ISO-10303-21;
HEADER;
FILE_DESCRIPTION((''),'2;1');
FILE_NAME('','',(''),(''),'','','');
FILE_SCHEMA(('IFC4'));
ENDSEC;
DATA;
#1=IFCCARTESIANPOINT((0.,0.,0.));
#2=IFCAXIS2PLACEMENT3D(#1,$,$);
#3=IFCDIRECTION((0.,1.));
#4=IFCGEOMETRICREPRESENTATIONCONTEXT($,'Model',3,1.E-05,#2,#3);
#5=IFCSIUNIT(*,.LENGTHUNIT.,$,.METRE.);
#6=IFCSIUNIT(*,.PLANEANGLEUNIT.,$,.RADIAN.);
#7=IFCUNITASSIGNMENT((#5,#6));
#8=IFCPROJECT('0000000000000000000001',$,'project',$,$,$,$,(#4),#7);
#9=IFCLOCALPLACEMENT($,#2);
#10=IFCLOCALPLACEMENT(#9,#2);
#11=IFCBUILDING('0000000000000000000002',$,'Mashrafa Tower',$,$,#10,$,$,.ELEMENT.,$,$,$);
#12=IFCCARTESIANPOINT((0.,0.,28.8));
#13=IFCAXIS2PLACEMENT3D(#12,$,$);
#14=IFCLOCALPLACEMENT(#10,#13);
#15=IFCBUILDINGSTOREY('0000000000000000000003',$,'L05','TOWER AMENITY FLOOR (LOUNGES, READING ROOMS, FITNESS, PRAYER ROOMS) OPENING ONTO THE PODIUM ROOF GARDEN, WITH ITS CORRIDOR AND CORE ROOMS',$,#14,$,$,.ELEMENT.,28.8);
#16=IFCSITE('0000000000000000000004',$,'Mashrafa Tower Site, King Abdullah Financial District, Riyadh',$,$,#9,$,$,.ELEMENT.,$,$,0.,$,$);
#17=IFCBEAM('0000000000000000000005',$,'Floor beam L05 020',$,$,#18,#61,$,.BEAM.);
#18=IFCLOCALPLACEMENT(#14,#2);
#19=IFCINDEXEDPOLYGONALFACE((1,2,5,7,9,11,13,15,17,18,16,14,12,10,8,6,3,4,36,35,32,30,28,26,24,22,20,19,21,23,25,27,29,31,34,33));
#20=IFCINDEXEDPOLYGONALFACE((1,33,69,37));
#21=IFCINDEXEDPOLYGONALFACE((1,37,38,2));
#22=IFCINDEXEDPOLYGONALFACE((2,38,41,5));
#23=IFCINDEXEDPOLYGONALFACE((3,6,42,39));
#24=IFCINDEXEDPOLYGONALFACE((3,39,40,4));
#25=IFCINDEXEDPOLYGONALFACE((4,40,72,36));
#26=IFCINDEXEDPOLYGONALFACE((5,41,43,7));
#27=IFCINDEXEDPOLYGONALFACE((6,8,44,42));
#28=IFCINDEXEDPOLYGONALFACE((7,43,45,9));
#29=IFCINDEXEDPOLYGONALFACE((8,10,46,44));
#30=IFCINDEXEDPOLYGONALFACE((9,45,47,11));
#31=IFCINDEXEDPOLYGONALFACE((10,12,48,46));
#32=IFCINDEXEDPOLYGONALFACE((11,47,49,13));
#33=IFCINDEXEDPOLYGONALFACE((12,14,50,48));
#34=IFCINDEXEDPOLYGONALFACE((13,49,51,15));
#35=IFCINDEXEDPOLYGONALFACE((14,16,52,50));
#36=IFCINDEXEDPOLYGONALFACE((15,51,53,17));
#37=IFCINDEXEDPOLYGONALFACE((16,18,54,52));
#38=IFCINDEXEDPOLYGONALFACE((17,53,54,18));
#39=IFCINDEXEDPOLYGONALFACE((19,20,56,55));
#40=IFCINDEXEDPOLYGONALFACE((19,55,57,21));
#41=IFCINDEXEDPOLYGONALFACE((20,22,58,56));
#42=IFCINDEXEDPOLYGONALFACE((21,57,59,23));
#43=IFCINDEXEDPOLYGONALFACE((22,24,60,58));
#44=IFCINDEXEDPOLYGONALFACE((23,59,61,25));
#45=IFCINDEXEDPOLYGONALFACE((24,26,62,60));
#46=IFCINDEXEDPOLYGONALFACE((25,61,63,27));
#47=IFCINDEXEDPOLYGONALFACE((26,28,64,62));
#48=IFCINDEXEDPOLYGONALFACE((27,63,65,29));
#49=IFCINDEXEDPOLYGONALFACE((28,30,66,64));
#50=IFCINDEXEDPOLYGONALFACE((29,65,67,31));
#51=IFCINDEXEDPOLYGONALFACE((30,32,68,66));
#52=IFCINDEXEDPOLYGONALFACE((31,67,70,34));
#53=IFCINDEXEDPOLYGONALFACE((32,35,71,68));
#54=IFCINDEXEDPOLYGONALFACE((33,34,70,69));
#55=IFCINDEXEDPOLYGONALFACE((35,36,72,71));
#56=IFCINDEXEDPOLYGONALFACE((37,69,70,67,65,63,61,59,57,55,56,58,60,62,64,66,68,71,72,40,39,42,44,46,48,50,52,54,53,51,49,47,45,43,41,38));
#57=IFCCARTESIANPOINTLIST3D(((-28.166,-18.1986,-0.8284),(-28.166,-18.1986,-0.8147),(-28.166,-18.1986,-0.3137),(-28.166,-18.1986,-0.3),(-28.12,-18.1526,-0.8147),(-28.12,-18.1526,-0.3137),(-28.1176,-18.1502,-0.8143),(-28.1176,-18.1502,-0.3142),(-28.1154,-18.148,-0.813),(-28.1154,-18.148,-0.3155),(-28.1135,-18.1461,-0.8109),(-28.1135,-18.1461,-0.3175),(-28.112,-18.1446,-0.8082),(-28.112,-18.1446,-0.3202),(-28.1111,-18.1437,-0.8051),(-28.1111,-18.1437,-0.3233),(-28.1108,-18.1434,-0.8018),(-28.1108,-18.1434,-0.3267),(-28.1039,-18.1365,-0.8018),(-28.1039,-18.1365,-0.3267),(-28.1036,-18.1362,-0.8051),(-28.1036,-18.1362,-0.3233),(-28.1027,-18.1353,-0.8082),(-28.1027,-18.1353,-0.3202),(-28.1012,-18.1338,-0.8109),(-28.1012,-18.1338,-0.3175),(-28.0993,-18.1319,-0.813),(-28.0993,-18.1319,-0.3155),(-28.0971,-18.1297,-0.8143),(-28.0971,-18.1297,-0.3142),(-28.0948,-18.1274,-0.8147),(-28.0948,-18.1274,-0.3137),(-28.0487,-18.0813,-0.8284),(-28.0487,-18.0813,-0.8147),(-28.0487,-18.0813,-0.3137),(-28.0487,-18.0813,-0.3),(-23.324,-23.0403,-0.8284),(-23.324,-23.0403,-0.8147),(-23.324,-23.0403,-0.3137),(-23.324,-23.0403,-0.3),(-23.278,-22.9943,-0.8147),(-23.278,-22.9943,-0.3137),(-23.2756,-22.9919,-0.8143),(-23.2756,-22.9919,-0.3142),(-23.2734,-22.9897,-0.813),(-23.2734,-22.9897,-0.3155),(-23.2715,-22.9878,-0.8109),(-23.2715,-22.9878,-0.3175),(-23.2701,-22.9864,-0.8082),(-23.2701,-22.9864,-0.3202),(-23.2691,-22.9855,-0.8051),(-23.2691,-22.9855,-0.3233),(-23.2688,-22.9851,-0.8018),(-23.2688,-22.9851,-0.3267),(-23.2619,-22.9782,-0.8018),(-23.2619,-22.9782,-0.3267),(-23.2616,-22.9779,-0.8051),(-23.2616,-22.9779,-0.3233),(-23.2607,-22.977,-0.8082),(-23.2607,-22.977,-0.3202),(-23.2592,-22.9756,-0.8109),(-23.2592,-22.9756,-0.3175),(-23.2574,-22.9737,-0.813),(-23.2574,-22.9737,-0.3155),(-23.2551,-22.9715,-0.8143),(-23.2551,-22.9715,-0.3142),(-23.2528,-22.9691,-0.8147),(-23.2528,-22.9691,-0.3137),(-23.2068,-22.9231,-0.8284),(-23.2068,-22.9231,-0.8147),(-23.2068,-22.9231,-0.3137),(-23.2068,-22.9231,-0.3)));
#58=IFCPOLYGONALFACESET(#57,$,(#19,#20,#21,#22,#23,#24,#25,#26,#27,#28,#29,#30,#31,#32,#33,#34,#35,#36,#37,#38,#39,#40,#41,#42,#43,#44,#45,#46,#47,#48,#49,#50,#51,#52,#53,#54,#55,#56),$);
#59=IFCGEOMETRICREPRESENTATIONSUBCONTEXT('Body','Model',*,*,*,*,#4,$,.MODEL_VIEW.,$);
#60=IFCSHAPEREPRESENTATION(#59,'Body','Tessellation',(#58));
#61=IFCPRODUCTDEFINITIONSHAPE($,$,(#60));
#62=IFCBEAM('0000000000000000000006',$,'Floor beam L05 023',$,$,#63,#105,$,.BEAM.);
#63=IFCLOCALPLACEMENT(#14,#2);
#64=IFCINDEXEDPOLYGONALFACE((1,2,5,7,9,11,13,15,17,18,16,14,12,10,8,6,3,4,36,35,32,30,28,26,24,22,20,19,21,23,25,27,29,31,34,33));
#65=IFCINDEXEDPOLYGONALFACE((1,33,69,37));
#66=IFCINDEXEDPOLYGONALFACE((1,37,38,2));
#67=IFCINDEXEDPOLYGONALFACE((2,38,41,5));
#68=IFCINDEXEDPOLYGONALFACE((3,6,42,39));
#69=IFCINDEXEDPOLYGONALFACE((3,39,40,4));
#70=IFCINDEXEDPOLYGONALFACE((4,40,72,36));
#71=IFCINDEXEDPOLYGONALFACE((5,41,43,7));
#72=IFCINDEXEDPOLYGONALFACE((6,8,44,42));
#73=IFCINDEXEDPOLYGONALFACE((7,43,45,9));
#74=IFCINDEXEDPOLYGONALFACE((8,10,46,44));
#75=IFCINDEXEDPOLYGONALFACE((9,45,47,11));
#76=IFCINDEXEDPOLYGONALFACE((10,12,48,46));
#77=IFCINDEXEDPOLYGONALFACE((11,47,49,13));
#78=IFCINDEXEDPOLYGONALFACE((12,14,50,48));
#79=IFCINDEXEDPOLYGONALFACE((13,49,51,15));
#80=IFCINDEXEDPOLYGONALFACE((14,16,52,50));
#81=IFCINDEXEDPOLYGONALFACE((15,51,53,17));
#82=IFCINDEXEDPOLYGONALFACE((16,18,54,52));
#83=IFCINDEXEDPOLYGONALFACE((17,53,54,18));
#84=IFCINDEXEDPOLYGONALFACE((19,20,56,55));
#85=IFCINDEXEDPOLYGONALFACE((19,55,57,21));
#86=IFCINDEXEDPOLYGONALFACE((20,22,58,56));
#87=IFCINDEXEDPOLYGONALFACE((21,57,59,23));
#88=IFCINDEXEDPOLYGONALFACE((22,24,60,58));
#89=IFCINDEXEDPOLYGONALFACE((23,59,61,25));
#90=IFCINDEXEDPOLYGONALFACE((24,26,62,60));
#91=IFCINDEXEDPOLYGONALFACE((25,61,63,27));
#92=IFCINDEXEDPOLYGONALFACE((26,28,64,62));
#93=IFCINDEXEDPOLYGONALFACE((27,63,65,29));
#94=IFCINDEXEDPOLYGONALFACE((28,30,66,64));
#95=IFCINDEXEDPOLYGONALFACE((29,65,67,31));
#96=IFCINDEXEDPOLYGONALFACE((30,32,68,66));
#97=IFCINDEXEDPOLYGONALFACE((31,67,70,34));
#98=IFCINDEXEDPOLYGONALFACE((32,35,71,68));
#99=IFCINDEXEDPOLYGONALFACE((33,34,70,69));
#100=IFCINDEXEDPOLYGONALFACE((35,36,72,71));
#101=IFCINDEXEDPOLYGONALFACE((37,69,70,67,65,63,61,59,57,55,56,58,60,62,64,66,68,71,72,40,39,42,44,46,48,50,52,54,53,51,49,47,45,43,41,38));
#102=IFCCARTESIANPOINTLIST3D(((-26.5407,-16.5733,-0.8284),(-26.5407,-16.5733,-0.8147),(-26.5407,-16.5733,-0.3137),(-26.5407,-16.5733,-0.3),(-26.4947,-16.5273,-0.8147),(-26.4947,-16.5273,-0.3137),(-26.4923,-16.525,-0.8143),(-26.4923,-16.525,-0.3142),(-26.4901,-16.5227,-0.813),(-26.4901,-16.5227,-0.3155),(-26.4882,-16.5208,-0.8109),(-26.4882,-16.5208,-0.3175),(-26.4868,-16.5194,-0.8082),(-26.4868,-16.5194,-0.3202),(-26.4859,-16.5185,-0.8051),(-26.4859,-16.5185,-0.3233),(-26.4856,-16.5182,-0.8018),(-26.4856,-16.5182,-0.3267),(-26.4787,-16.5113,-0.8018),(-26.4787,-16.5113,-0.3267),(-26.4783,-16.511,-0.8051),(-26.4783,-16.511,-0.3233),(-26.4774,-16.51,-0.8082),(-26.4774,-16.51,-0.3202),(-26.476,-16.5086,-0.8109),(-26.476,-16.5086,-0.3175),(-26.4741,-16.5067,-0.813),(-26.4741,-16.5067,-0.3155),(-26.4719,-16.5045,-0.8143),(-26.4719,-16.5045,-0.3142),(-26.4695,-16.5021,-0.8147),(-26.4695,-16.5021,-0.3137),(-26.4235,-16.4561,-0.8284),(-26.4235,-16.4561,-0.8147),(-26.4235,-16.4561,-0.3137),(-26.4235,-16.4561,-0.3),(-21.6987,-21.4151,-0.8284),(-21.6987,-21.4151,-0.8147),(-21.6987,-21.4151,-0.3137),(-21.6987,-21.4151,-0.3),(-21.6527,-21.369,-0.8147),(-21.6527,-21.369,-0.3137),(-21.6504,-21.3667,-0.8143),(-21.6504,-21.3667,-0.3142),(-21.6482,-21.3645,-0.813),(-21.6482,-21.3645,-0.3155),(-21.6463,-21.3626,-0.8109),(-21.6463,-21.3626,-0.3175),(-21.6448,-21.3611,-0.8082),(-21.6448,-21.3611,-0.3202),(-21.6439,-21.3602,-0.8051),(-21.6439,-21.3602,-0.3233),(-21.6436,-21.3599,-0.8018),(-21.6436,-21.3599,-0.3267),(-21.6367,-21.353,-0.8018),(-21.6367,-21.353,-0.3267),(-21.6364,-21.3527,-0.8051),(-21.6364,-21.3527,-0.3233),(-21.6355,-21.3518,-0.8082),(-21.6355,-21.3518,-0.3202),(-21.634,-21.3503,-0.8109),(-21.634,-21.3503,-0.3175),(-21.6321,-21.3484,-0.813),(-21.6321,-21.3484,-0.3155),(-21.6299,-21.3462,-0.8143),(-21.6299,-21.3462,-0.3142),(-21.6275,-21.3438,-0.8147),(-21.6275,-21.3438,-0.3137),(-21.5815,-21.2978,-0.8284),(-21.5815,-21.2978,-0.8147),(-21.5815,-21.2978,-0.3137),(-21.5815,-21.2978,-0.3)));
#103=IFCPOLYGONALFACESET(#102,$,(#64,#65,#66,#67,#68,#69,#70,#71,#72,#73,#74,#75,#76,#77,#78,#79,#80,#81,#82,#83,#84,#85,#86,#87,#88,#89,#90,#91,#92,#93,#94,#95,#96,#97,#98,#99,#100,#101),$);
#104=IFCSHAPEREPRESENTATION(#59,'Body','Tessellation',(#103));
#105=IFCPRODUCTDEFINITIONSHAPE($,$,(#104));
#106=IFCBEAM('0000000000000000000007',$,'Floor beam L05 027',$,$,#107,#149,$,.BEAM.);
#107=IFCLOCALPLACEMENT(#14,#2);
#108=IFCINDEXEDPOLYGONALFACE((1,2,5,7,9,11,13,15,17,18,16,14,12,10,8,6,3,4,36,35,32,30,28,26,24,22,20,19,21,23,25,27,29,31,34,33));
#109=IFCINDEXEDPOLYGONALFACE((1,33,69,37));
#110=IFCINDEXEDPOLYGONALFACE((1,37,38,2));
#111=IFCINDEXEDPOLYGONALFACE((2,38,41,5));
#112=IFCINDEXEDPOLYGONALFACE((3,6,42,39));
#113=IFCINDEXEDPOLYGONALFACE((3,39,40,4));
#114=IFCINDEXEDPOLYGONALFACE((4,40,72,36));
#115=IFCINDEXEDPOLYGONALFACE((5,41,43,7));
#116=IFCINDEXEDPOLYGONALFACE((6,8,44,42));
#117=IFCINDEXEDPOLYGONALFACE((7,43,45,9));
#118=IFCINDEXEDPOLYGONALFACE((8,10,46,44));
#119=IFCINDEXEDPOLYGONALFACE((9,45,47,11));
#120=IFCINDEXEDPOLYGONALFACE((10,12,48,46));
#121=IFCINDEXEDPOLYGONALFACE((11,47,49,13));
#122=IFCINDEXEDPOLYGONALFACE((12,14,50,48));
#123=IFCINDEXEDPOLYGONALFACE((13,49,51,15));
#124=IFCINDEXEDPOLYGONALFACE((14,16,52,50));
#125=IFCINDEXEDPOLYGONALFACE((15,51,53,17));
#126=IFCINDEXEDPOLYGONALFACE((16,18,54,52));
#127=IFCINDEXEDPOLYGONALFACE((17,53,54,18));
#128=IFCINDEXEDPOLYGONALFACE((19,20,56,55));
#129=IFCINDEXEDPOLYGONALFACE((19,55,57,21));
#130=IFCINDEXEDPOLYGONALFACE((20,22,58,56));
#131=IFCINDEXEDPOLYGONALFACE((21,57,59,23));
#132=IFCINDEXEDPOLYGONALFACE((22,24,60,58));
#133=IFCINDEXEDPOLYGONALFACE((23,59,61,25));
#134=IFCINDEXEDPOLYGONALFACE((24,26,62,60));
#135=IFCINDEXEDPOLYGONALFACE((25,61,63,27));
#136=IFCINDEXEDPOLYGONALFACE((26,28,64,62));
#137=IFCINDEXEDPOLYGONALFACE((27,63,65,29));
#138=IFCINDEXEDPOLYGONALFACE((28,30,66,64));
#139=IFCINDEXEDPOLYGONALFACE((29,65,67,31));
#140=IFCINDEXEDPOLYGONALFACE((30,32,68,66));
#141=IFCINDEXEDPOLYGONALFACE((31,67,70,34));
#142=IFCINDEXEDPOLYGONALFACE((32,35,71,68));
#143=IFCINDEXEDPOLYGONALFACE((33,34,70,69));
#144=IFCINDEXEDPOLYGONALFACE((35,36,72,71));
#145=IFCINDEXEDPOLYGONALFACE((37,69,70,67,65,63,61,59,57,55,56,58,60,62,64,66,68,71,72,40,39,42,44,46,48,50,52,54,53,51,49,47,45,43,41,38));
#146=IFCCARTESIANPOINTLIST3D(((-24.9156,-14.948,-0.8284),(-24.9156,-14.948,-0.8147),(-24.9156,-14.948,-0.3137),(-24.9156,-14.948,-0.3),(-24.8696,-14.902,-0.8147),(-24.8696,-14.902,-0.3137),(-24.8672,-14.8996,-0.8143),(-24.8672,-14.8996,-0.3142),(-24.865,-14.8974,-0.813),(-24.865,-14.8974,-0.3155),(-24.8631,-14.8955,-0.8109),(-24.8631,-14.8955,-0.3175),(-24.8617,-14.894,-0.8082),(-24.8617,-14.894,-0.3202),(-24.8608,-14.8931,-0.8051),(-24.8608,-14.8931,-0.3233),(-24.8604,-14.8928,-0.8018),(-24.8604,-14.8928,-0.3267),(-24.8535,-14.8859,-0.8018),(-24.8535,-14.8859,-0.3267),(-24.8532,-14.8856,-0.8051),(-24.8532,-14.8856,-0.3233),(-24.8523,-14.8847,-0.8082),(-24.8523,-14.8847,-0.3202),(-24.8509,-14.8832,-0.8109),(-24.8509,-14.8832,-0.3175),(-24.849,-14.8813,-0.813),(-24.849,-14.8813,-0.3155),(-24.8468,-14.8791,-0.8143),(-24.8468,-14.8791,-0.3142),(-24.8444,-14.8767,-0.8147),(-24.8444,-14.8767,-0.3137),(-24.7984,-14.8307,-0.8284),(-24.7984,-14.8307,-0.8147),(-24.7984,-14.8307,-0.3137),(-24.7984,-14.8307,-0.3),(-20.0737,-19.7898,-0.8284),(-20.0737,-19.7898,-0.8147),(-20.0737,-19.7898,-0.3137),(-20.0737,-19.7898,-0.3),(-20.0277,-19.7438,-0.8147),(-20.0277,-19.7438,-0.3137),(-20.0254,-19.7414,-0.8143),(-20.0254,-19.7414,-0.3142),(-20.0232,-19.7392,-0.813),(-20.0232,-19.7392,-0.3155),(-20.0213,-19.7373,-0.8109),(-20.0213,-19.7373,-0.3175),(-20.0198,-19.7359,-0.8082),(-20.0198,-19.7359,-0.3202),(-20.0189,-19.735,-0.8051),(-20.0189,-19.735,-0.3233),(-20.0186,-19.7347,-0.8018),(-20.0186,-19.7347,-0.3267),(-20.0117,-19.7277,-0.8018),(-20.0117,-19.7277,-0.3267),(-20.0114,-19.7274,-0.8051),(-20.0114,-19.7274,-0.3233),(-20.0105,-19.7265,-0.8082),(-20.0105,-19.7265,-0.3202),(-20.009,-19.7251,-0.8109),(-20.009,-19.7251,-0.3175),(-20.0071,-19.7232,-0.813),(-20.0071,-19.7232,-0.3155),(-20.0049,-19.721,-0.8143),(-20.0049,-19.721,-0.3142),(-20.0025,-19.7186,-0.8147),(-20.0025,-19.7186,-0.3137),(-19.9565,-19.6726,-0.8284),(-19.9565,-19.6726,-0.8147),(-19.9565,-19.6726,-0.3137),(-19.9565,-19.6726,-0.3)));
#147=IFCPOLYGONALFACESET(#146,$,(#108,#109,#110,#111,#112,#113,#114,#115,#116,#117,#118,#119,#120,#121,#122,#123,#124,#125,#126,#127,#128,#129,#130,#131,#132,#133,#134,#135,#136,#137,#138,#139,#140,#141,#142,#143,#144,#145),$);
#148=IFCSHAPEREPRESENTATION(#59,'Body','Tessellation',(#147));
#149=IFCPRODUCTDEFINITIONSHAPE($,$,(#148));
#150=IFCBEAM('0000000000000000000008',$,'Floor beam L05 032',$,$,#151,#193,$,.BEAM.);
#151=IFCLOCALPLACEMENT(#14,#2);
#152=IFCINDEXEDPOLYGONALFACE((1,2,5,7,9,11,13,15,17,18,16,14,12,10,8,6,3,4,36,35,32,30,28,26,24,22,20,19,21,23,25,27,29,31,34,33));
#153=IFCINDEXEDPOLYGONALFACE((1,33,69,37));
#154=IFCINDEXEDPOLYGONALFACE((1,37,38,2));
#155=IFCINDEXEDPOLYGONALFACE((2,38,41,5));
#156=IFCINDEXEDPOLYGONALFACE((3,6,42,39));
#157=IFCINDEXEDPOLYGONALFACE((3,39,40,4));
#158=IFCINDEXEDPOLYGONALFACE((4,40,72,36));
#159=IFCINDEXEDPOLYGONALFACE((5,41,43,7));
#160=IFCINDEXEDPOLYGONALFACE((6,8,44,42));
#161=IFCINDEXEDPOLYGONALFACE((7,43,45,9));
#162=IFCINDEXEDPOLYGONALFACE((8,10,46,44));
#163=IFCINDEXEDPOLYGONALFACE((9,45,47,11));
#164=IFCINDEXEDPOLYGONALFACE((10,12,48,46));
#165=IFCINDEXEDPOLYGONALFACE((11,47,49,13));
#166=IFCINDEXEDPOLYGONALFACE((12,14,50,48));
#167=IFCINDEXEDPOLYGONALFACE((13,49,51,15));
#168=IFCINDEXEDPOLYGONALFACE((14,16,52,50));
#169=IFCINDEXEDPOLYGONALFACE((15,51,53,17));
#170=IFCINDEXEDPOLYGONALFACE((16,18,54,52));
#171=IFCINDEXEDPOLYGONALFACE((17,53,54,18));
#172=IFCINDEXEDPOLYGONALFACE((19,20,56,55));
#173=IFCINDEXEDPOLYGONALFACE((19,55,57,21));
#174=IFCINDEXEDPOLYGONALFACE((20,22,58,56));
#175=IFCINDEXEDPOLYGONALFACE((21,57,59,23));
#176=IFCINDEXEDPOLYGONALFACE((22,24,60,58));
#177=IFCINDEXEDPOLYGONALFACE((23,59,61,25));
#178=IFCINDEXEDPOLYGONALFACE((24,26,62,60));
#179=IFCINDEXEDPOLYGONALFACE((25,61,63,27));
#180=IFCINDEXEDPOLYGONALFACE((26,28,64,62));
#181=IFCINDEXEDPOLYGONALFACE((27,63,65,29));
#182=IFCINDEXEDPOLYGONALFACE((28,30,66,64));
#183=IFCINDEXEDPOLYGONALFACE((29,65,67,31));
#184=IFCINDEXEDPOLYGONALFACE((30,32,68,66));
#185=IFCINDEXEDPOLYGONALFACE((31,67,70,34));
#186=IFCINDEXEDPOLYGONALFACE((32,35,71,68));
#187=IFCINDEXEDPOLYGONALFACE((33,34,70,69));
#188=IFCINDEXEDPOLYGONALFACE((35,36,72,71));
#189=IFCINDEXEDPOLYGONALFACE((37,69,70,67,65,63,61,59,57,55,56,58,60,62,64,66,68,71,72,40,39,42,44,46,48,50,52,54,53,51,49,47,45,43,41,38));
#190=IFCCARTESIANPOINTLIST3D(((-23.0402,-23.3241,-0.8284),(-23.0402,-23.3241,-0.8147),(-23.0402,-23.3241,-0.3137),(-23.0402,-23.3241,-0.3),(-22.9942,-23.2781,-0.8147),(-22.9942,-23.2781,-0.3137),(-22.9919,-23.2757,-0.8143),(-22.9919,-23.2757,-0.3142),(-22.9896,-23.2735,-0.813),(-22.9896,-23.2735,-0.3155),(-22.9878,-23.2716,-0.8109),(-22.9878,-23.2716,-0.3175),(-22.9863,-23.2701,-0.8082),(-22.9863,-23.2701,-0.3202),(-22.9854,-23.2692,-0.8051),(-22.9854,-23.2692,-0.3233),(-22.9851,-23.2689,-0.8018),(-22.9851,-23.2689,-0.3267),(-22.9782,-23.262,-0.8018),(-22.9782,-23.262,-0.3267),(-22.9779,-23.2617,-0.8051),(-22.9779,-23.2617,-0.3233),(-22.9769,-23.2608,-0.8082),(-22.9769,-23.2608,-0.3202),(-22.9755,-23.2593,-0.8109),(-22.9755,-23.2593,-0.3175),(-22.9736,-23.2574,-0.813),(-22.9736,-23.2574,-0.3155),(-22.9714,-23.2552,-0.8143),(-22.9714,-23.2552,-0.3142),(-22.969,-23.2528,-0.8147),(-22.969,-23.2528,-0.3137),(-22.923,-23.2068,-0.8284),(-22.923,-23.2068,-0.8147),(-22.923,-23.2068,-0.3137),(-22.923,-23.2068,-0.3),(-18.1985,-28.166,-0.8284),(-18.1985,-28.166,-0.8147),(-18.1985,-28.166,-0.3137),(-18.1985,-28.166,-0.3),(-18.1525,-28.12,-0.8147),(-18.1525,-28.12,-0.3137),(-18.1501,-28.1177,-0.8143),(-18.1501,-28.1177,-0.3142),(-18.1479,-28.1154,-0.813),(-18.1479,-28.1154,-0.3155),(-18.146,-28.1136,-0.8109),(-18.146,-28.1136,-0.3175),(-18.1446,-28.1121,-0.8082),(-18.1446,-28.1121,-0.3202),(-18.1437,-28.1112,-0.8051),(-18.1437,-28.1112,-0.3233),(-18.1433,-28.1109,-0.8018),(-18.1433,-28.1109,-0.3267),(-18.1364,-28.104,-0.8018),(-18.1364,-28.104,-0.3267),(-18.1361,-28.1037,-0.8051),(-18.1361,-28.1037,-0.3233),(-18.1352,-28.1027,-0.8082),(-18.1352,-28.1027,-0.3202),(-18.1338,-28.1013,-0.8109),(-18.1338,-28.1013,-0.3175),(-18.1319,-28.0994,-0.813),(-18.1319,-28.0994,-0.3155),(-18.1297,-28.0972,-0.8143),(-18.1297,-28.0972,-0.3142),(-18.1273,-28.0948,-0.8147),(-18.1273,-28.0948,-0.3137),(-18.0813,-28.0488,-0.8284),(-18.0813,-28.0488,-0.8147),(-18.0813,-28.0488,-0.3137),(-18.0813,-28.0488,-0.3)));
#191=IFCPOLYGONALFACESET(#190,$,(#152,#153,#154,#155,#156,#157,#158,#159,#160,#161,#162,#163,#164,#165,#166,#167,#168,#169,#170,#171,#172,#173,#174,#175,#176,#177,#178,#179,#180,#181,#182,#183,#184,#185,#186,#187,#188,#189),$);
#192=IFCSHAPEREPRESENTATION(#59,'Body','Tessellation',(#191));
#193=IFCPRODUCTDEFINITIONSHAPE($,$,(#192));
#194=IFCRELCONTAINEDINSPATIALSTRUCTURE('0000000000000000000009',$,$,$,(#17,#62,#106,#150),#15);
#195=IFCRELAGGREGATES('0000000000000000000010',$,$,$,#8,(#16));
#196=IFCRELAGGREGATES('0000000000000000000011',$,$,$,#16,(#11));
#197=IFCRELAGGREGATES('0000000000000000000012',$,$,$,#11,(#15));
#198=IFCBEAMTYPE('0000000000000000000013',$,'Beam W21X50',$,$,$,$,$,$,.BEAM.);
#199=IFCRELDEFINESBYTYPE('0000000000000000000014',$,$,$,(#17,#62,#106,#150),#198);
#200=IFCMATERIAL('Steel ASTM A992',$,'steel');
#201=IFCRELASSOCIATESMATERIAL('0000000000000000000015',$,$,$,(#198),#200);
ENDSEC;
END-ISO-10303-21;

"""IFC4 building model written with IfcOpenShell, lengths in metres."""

from ifc_helpers import new_model, si_unit, direction, frame, origin, origin_2d, place, context, subcontext, project, spatial, i_section, extrude, material, material_profile, profile_set, type_object, element, save


model = new_model("IFC4")

# Units and contexts
model_context = context("Model", 3, precision=1e-05, world=origin(), true_north=direction((0.0, 1.0)))
body_context = subcontext(model_context, "Body", "Model", "MODEL_VIEW")
ifc_project = project(units=[si_unit("LENGTHUNIT", "METRE"), si_unit("PLANEANGLEUNIT", "RADIAN")], contexts=[model_context])

# Site, building, storey
site_placement = place(None, origin())
site = spatial("IfcSite", under=ifc_project, at=site_placement, Name="Mashrafa Tower Site, King Abdullah Financial District, Riyadh", CompositionType="ELEMENT", RefElevation=0.0)
building_placement = place(site_placement, origin())
building = spatial("IfcBuilding", under=site, at=building_placement, Name="Mashrafa Tower", CompositionType="ELEMENT")
storey_placement = place(building_placement, frame((0.0, 0.0, 28.8)))
storey = spatial("IfcBuildingStorey", under=building, at=storey_placement, Name="L05", Description="TOWER AMENITY FLOOR (LOUNGES, READING ROOMS, FITNESS, PRAYER ROOMS) OPENING ONTO THE PODIUM ROOF GARDEN, WITH ITS CORRIDOR AND CORE ROOMS", CompositionType="ELEMENT", Elevation=28.8)

# Beams
ifc_material_1 = material(Name="Steel ASTM A992", Category="steel")
ifc_material_profile_1 = material_profile(ifc_material_1, i_section(OverallWidth=0.1658, OverallDepth=0.5283, WebThickness=0.0098, FlangeThickness=0.0137, FilletRadius=0.0129, at=origin_2d()), Name="W21X50")
ifc_profile_set_1 = profile_set([ifc_material_profile_1], Name="Steel ASTM A992")
beam_type_1 = type_object("IfcBeamType", Name="Beam W21X50", PredefinedType="BEAM", material=ifc_profile_set_1)
for number, where, z_axis, x_axis, name in (
    (1, (-23.2654, -22.9817, -0.5642), (-0.707125, 0.707089, 0.0), (-0.707089, -0.707125, 0.0), "Floor beam L05 020"),
    (2, (-21.6401, -21.3564, -0.5642), (-0.707125, 0.707089, 0.0), (-0.707089, -0.707125, 0.0), "Floor beam L05 023"),
    (3, (-20.0151, -19.7312, -0.5642), (-0.707107, 0.707107, 0.0), (-0.707107, -0.707107, 0.0), "Floor beam L05 027"),
    (4, (-18.1399, -28.1074, -0.5642), (-0.707089, 0.707125, 0.0), (-0.707125, -0.707089, 0.0), "Floor beam L05 032"),
):
    element("IfcBeam", number, at=place(storey_placement, frame(where, z_axis=z_axis, x_axis=x_axis)), inside=storey, type_object=beam_type_1, Name=name, PredefinedType="BEAM", context=body_context, shape_type="SweptSolid", body=[
        extrude(i_section(OverallWidth=0.1658, OverallDepth=0.5283, WebThickness=0.0098, FlangeThickness=0.0137, FilletRadius=0.0129, at=origin_2d()), origin(), (0.0, 0.0, 1.0), 6.8474),
    ])

save(model, "model.ifc")
